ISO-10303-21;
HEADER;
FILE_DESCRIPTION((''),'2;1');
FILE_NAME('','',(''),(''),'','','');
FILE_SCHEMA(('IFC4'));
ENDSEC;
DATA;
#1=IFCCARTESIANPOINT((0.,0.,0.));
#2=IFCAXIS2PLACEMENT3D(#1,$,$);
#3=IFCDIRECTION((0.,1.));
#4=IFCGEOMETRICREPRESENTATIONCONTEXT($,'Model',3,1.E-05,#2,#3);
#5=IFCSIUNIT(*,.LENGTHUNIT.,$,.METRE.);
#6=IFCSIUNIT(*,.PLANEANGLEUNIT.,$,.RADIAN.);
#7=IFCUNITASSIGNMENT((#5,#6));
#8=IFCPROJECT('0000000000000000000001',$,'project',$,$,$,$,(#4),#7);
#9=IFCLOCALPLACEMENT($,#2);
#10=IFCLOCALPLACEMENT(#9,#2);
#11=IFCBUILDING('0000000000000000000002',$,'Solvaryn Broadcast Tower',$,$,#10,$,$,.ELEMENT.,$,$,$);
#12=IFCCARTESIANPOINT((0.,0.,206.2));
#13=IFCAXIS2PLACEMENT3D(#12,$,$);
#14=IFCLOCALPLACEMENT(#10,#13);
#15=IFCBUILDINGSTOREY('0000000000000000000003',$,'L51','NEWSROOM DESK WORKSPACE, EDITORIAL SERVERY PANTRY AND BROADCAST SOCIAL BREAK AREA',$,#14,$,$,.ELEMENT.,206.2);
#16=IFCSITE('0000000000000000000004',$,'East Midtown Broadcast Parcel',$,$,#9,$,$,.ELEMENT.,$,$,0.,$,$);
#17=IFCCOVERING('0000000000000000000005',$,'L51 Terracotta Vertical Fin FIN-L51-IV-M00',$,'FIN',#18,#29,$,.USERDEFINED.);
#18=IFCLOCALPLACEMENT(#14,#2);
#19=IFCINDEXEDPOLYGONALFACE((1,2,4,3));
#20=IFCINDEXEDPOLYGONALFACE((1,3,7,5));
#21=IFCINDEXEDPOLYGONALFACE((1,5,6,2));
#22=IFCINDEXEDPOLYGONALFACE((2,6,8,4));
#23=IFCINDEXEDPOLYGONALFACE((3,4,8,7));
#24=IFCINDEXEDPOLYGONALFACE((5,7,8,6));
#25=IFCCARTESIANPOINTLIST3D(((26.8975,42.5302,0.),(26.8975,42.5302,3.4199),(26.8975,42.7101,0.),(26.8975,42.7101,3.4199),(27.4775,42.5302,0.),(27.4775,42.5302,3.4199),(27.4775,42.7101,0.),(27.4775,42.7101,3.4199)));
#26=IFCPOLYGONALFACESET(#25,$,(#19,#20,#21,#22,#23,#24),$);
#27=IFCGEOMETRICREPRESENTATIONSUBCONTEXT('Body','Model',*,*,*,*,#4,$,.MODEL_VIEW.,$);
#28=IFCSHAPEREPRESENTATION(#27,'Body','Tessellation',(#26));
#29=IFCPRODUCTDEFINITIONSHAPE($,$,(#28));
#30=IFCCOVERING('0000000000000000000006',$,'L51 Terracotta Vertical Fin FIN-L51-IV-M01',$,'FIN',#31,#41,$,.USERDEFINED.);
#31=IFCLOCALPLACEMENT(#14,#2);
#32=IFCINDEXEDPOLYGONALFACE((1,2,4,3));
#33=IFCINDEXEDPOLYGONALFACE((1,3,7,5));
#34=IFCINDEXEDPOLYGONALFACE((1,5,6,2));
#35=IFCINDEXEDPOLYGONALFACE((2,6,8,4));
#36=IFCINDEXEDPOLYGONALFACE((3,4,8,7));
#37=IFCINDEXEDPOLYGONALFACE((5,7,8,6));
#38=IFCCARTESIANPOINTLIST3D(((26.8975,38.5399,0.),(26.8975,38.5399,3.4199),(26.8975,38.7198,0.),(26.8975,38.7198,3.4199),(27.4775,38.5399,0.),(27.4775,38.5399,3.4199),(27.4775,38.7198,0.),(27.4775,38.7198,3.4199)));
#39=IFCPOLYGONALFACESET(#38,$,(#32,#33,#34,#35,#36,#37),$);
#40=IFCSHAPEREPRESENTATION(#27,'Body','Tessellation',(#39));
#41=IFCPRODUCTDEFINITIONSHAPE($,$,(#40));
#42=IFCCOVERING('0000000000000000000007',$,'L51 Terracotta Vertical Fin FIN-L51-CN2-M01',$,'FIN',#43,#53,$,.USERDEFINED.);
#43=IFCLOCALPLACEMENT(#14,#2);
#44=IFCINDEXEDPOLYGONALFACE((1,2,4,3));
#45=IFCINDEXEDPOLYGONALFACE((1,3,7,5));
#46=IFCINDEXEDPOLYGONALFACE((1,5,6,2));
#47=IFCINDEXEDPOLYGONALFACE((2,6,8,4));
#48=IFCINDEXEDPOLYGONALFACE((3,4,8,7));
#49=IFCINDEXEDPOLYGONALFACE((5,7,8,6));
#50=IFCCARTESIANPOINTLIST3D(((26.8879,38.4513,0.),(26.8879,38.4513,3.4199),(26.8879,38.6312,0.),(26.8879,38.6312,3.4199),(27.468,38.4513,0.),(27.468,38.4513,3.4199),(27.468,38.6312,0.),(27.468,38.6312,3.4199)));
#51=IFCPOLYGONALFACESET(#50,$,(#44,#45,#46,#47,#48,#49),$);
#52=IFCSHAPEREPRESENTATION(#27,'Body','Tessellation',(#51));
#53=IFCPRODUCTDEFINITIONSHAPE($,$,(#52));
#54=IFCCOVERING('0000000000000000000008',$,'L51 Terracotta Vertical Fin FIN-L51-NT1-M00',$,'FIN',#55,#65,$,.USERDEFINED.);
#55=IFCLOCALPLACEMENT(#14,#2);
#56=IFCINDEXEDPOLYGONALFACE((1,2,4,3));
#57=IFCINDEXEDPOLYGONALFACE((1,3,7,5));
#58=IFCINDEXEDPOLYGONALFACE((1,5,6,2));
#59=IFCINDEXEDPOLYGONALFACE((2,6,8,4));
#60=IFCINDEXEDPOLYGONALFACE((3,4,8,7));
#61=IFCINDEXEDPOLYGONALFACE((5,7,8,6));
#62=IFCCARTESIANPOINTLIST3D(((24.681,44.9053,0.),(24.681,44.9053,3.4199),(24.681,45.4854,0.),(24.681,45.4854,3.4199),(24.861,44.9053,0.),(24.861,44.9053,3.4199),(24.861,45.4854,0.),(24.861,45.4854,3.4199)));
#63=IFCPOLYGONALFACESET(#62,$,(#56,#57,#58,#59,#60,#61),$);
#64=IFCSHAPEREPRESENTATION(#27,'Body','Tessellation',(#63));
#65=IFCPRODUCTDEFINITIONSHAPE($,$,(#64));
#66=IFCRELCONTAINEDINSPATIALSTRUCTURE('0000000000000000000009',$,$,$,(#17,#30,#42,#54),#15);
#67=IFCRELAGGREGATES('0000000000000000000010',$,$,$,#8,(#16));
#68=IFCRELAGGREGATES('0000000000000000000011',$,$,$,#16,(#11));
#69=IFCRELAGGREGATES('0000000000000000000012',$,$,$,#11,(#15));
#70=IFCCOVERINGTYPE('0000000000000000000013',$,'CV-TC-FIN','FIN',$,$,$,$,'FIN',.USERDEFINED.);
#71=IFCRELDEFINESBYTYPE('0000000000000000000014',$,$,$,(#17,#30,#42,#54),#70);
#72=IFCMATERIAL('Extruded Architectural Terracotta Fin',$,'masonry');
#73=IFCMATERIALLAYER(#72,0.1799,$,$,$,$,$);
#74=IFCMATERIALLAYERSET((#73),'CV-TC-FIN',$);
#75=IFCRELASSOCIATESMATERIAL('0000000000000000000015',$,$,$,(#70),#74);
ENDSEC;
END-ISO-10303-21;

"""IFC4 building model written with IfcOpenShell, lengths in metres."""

from ifc_helpers import new_model, si_unit, direction, frame, origin, origin_2d, place, context, subcontext, project, spatial, rectangle, extrude, material, layer, layer_set, type_object, element, save


model = new_model("IFC4")

# Units and contexts
model_context = context("Model", 3, precision=1e-05, world=origin(), true_north=direction((0.0, 1.0)))
body_context = subcontext(model_context, "Body", "Model", "MODEL_VIEW")
ifc_project = project(units=[si_unit("LENGTHUNIT", "METRE"), si_unit("PLANEANGLEUNIT", "RADIAN")], contexts=[model_context])

# Site, building, storey
site_placement = place(None, origin())
site = spatial("IfcSite", under=ifc_project, at=site_placement, Name="East Midtown Broadcast Parcel", CompositionType="ELEMENT", RefElevation=0.0)
building_placement = place(site_placement, origin())
building = spatial("IfcBuilding", under=site, at=building_placement, Name="Solvaryn Broadcast Tower", CompositionType="ELEMENT")
storey_placement = place(building_placement, frame((0.0, 0.0, 206.2)))
storey = spatial("IfcBuildingStorey", under=building, at=storey_placement, Name="L51", Description="NEWSROOM DESK WORKSPACE, EDITORIAL SERVERY PANTRY AND BROADCAST SOCIAL BREAK AREA", CompositionType="ELEMENT", Elevation=206.2)

# Coverings
ifc_material_1 = material(Name="Extruded Architectural Terracotta Fin", Category="masonry")
ifc_layer_1 = layer(ifc_material_1, 0.1799)
ifc_layer_set_1 = layer_set([ifc_layer_1], Name="CV-TC-FIN")
covering_type = type_object("IfcCoveringType", Name="CV-TC-FIN", Description="FIN", ElementType="FIN", PredefinedType="USERDEFINED", material=ifc_layer_set_1)
for number, where, z_axis, x_axis, name in (
    (1, (27.1875, 42.6201, 0.0), (0.0, 0.0, 1.0), (1.0, 0.0, 0.0), "L51 Terracotta Vertical Fin FIN-L51-IV-M00"),
    (2, (27.1875, 38.6299, 0.0), (0.0, 0.0, 1.0), (1.0, 0.0, 0.0), "L51 Terracotta Vertical Fin FIN-L51-IV-M01"),
    (3, (27.178, 38.5413, 0.0), (0.0, 0.0, 1.0), (1.0, 0.0, 0.0), "L51 Terracotta Vertical Fin FIN-L51-CN2-M01"),
):
    element("IfcCovering", number, at=place(storey_placement, frame(where, z_axis=z_axis, x_axis=x_axis)), inside=storey, type_object=covering_type, Name=name, ObjectType="FIN", PredefinedType="USERDEFINED", context=body_context, shape_type="SweptSolid", body=[
        extrude(rectangle(XDim=0.5801, YDim=0.1799, at=origin_2d()), origin(), (0.0, 0.0, 1.0), 3.4199),
    ])
covering_placement = place(storey_placement, frame((24.771, 45.1953, 0.0), z_axis=(0.0, 0.0, 1.0), x_axis=(1.0, 0.0, 0.0)))
element("IfcCovering", 4, at=covering_placement, inside=storey, type_object=covering_type, Name="L51 Terracotta Vertical Fin FIN-L51-NT1-M00", ObjectType="FIN", PredefinedType="USERDEFINED", context=body_context, shape_type="SweptSolid", body=[
    extrude(rectangle(XDim=0.1799, YDim=0.5801, at=origin_2d()), origin(), (0.0, 0.0, 1.0), 3.4199),
])

save(model, "model.ifc")
